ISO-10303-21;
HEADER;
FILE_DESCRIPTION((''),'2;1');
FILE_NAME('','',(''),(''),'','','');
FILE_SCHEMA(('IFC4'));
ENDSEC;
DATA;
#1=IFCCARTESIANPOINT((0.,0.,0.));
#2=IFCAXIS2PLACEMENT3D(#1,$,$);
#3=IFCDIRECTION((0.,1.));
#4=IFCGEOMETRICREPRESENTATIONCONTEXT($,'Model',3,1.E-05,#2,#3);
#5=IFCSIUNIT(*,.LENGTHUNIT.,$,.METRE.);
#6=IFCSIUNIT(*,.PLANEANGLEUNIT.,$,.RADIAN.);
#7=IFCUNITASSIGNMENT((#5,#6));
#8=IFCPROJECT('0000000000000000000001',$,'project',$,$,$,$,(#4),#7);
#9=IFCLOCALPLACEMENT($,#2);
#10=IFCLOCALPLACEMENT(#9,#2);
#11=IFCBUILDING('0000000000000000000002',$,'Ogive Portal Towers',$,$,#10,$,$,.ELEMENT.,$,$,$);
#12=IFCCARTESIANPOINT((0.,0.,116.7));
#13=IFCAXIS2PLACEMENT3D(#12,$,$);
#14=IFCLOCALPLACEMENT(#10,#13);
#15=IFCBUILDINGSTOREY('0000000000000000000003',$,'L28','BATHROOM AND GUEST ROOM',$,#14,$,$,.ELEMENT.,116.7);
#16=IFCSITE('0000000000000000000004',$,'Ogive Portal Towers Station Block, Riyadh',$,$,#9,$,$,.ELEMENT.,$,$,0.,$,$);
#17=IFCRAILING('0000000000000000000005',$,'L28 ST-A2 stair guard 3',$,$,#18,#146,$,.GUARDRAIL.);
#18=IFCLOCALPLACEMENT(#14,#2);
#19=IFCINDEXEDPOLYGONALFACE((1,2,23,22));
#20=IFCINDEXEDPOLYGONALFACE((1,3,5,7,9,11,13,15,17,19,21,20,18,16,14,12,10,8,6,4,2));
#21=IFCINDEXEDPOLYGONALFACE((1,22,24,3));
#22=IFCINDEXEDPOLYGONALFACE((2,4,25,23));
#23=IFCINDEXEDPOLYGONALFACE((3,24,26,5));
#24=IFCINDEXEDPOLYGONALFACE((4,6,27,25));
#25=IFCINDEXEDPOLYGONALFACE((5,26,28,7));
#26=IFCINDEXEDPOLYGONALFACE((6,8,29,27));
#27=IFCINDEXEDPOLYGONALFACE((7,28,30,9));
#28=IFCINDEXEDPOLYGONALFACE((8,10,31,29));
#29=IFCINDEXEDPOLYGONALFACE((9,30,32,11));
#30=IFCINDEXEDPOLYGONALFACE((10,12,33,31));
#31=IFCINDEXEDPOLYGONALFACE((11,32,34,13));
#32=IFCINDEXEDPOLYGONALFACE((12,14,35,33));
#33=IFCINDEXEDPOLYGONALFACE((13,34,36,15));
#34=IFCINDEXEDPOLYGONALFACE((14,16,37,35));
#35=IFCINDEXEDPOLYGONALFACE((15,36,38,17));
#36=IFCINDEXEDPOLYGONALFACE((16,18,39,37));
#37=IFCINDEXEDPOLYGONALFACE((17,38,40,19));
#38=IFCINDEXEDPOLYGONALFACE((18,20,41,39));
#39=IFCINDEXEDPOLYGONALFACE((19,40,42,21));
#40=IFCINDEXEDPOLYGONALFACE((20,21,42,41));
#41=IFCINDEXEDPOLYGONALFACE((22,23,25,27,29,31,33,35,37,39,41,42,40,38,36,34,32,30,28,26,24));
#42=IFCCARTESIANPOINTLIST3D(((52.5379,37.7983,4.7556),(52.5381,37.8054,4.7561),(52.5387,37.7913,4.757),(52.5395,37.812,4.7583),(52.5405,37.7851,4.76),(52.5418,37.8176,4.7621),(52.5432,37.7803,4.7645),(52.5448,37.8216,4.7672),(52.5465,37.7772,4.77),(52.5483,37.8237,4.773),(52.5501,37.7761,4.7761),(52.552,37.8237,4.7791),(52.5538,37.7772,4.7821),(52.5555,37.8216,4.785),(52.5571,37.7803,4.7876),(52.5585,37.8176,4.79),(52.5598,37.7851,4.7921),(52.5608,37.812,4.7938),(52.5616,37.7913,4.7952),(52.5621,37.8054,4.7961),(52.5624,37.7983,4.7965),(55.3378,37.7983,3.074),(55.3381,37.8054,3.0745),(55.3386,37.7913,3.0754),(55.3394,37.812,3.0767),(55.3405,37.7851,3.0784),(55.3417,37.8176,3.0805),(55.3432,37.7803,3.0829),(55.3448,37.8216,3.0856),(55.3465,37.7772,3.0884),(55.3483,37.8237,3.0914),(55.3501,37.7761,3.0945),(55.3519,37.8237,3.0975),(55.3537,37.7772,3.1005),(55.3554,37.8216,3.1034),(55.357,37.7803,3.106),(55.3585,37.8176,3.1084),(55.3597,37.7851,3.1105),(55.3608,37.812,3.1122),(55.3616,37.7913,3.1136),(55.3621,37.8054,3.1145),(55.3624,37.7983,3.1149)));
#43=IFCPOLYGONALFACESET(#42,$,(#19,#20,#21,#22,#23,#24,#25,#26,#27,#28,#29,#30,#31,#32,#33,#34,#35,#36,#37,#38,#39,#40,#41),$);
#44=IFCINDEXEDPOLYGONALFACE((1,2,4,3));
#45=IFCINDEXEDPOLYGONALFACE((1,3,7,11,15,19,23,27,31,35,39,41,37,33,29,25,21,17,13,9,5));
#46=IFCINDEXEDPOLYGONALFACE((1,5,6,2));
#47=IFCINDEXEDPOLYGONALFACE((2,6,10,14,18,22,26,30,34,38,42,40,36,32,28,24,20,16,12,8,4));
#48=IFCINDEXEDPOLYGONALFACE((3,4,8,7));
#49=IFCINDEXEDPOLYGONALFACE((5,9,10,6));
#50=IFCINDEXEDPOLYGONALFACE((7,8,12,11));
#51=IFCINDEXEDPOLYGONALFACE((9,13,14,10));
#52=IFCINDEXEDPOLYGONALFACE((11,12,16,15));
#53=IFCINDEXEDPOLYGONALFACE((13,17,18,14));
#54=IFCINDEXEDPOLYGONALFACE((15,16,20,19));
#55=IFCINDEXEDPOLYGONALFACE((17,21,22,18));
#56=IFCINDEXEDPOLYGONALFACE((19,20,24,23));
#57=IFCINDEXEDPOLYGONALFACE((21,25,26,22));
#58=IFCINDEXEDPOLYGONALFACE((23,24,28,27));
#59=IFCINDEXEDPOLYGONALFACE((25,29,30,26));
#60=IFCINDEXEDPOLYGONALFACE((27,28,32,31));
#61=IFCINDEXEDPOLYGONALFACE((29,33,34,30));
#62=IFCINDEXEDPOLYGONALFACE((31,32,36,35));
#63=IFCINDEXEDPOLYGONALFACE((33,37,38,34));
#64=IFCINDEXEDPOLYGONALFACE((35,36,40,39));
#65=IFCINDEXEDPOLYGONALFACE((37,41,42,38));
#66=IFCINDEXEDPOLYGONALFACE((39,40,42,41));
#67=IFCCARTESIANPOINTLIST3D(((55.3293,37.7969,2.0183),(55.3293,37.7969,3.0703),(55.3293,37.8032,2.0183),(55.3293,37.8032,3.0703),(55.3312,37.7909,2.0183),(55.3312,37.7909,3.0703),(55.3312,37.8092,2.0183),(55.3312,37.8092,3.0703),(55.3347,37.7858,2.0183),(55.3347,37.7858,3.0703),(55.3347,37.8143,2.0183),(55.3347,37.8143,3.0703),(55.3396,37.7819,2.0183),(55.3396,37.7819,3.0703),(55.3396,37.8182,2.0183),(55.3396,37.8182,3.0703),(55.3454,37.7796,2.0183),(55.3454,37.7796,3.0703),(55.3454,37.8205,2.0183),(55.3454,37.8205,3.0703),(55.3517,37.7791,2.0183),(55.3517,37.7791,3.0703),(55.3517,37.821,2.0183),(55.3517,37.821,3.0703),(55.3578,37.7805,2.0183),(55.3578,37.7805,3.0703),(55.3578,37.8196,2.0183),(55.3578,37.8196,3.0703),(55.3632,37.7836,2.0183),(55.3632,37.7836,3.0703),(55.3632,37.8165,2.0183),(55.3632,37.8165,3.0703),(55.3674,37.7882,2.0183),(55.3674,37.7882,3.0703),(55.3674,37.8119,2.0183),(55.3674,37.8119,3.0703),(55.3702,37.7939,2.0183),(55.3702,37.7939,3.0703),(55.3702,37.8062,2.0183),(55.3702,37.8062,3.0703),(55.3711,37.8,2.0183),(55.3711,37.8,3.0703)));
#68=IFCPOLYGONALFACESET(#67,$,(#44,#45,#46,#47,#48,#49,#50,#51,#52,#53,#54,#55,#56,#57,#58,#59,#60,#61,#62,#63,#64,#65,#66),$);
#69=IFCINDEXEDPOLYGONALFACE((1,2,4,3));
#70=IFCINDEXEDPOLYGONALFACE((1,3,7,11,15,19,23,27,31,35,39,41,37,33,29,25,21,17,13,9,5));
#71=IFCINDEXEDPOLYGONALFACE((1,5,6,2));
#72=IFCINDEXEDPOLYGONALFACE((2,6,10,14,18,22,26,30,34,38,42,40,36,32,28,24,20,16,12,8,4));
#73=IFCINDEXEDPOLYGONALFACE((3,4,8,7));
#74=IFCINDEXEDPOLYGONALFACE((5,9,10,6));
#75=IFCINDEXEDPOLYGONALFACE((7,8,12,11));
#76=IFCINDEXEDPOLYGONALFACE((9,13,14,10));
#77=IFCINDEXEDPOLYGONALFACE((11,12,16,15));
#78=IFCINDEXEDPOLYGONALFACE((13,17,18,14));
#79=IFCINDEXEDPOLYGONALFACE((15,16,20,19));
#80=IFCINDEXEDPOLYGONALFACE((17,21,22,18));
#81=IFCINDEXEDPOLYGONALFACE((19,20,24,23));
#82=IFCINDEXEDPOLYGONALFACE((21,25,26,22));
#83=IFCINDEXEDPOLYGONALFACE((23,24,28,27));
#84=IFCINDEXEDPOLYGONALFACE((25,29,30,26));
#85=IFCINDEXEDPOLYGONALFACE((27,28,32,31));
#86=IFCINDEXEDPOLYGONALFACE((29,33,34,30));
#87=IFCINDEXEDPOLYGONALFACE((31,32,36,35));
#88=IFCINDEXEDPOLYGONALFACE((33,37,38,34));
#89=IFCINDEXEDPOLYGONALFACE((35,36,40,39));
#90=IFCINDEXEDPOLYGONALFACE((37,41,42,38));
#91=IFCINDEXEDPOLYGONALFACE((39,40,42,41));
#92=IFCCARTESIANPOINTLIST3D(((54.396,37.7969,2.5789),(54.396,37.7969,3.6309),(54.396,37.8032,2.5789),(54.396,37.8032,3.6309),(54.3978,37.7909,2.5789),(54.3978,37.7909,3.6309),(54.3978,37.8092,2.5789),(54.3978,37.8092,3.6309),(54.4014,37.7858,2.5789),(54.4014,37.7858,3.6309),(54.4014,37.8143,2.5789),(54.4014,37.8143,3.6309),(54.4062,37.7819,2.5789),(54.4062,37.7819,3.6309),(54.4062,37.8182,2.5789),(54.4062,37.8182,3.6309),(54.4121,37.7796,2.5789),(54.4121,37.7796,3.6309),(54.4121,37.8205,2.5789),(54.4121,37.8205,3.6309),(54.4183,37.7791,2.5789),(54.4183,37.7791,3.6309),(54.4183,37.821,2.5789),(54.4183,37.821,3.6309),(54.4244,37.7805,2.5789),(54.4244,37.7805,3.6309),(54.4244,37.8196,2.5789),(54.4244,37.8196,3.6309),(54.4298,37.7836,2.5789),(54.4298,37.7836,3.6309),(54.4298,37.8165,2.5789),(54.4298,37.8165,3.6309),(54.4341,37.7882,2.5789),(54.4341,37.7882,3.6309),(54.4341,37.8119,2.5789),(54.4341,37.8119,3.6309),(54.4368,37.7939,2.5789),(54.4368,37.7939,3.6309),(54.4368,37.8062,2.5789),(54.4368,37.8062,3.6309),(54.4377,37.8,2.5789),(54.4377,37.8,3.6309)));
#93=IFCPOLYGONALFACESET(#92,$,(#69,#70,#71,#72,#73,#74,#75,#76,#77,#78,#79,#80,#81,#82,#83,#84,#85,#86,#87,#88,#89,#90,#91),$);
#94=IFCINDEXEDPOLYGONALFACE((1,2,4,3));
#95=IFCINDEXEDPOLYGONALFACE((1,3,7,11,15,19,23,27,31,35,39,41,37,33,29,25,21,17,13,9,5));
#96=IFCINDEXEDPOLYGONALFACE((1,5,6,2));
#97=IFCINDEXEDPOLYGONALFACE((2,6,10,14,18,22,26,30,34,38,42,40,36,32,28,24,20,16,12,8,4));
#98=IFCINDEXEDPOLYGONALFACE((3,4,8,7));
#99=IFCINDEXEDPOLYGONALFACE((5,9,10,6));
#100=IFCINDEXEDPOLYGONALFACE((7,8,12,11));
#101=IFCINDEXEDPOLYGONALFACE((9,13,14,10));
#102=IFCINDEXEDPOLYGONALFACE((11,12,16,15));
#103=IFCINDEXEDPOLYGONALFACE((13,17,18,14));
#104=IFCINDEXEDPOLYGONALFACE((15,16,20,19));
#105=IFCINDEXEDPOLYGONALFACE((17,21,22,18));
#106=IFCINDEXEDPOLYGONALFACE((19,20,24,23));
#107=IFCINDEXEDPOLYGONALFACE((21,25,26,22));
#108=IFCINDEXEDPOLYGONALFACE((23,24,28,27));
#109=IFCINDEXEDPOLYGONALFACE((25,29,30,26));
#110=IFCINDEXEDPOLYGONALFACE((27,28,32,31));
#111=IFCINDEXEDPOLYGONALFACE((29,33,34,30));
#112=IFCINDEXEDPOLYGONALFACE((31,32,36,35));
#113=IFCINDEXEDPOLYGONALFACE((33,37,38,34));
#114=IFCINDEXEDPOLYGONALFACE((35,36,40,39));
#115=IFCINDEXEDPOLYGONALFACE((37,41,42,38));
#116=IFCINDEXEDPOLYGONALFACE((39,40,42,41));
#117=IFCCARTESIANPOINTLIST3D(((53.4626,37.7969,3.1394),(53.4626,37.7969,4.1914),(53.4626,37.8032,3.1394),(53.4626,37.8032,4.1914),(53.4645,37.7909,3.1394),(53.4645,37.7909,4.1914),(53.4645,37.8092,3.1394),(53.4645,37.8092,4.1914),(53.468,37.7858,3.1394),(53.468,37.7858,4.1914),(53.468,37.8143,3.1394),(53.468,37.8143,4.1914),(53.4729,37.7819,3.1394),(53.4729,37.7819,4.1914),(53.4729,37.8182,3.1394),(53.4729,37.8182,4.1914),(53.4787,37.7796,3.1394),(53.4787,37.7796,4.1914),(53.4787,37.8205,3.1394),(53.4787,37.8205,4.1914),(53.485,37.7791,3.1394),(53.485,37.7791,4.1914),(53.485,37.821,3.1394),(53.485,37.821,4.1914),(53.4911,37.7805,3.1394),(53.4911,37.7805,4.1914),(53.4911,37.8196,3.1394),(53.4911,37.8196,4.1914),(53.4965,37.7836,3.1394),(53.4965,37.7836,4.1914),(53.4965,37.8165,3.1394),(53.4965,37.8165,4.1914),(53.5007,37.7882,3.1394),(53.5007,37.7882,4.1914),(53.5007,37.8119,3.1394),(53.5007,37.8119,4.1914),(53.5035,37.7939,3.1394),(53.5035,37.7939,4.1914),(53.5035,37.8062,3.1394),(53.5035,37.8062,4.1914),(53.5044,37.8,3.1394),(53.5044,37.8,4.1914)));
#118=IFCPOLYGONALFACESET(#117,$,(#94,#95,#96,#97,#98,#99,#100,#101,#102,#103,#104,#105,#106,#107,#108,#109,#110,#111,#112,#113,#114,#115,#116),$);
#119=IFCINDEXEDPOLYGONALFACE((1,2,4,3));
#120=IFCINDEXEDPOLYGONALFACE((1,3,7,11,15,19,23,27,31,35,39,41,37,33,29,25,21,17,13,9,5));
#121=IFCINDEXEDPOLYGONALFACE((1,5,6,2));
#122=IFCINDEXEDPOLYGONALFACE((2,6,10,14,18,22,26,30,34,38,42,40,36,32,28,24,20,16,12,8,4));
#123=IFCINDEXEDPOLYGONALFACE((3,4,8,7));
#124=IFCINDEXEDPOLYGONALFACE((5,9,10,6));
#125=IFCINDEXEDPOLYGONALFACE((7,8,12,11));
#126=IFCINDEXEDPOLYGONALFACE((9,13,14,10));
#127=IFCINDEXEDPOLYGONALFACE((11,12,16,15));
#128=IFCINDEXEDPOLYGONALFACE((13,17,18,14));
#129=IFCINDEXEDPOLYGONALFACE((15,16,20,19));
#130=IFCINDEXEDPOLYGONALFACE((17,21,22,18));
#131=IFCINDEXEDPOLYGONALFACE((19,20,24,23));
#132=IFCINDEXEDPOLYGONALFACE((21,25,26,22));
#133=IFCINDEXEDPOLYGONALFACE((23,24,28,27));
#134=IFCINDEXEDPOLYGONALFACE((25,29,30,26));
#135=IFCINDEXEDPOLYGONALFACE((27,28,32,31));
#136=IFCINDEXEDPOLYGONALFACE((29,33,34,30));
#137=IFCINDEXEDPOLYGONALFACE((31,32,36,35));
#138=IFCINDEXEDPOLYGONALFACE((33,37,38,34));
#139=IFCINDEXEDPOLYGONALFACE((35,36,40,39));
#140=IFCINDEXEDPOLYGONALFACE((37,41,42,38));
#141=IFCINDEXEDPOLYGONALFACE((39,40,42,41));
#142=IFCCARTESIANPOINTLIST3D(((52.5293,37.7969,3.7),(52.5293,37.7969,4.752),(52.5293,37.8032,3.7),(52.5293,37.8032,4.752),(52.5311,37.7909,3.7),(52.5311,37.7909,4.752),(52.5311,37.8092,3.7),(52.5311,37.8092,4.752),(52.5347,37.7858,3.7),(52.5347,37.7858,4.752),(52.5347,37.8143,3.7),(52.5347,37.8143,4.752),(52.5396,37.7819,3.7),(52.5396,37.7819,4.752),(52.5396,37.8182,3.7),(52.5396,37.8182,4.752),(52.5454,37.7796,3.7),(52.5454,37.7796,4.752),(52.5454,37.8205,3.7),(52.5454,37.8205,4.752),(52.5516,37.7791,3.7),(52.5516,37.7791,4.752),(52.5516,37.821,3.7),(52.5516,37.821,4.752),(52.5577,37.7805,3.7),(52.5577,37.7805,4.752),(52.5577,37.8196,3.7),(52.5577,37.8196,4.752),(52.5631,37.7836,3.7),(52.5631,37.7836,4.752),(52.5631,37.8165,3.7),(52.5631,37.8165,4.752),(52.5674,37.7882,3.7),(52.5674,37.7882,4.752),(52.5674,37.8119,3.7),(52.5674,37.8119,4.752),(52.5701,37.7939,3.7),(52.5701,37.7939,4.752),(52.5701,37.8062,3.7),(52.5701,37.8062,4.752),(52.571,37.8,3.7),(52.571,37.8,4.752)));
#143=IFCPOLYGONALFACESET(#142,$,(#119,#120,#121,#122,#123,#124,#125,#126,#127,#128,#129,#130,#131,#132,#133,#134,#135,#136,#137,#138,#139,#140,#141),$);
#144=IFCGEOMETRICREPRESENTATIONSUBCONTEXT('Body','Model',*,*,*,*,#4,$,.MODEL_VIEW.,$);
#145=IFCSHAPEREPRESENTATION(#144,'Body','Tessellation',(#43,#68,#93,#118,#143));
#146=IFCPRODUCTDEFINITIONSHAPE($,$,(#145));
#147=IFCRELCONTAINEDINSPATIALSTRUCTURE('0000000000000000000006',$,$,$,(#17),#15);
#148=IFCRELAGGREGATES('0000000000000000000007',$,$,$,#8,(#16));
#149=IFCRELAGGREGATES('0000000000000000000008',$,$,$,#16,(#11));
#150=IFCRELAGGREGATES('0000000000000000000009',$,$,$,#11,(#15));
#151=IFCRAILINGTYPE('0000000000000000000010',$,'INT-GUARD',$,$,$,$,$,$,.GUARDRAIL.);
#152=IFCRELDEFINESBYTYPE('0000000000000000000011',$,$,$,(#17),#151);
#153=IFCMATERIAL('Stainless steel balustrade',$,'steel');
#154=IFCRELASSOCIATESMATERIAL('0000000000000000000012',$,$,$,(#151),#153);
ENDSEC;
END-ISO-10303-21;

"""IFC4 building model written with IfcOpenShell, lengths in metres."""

from ifc_helpers import new_model, si_unit, direction, frame, origin, origin_2d, place, context, subcontext, project, spatial, circle, extrude, material, type_object, element, save


model = new_model("IFC4")

# Units and contexts
model_context = context("Model", 3, precision=1e-05, world=origin(), true_north=direction((0.0, 1.0)))
body_context = subcontext(model_context, "Body", "Model", "MODEL_VIEW")
ifc_project = project(units=[si_unit("LENGTHUNIT", "METRE"), si_unit("PLANEANGLEUNIT", "RADIAN")], contexts=[model_context])

# Site, building, storey
site_placement = place(None, origin())
site = spatial("IfcSite", under=ifc_project, at=site_placement, Name="Ogive Portal Towers Station Block, Riyadh", CompositionType="ELEMENT", RefElevation=0.0)
building_placement = place(site_placement, origin())
building = spatial("IfcBuilding", under=site, at=building_placement, Name="Ogive Portal Towers", CompositionType="ELEMENT")
storey_placement = place(building_placement, frame((0.0, 0.0, 116.7)))
storey = spatial("IfcBuildingStorey", under=building, at=storey_placement, Name="L28", Description="BATHROOM AND GUEST ROOM", CompositionType="ELEMENT", Elevation=116.7)

# Railing
ifc_material_1 = material(Name="Stainless steel balustrade", Category="steel")
railing_type_1 = type_object("IfcRailingType", Name="INT-GUARD", PredefinedType="GUARDRAIL", material=ifc_material_1)
railing_1_placement = place(storey_placement, frame((55.3501, 37.8, 2.0183)))
element("IfcRailing", 1, at=railing_1_placement, inside=storey, type_object=railing_type_1, Name="L28 ST-A2 stair guard 3", PredefinedType="GUARDRAIL", context=body_context, shape_type="SweptSolid", body=[
    extrude(circle(Radius=0.0239, at=origin_2d()), frame((0.0, 0.0, 1.0762), z_axis=(-0.857275, 0.0, 0.514858), x_axis=(0.0, -1.0, 0.0)), (0.0, 0.0, 1.0), 3.2661),
    extrude(circle(Radius=0.021, at=origin_2d()), origin(), (0.0, 0.0, 1.0), 1.052),
    extrude(circle(Radius=0.021, at=origin_2d()), frame((-0.9333, 0.0, 0.5605)), (0.0, 0.0, 1.0), 1.052),
    extrude(circle(Radius=0.021, at=origin_2d()), frame((-1.8667, 0.0, 1.1211)), (0.0, 0.0, 1.0), 1.052),
    extrude(circle(Radius=0.021, at=origin_2d()), frame((-2.8, 0.0, 1.6816)), (0.0, 0.0, 1.0), 1.052),
])

save(model, "model.ifc")
